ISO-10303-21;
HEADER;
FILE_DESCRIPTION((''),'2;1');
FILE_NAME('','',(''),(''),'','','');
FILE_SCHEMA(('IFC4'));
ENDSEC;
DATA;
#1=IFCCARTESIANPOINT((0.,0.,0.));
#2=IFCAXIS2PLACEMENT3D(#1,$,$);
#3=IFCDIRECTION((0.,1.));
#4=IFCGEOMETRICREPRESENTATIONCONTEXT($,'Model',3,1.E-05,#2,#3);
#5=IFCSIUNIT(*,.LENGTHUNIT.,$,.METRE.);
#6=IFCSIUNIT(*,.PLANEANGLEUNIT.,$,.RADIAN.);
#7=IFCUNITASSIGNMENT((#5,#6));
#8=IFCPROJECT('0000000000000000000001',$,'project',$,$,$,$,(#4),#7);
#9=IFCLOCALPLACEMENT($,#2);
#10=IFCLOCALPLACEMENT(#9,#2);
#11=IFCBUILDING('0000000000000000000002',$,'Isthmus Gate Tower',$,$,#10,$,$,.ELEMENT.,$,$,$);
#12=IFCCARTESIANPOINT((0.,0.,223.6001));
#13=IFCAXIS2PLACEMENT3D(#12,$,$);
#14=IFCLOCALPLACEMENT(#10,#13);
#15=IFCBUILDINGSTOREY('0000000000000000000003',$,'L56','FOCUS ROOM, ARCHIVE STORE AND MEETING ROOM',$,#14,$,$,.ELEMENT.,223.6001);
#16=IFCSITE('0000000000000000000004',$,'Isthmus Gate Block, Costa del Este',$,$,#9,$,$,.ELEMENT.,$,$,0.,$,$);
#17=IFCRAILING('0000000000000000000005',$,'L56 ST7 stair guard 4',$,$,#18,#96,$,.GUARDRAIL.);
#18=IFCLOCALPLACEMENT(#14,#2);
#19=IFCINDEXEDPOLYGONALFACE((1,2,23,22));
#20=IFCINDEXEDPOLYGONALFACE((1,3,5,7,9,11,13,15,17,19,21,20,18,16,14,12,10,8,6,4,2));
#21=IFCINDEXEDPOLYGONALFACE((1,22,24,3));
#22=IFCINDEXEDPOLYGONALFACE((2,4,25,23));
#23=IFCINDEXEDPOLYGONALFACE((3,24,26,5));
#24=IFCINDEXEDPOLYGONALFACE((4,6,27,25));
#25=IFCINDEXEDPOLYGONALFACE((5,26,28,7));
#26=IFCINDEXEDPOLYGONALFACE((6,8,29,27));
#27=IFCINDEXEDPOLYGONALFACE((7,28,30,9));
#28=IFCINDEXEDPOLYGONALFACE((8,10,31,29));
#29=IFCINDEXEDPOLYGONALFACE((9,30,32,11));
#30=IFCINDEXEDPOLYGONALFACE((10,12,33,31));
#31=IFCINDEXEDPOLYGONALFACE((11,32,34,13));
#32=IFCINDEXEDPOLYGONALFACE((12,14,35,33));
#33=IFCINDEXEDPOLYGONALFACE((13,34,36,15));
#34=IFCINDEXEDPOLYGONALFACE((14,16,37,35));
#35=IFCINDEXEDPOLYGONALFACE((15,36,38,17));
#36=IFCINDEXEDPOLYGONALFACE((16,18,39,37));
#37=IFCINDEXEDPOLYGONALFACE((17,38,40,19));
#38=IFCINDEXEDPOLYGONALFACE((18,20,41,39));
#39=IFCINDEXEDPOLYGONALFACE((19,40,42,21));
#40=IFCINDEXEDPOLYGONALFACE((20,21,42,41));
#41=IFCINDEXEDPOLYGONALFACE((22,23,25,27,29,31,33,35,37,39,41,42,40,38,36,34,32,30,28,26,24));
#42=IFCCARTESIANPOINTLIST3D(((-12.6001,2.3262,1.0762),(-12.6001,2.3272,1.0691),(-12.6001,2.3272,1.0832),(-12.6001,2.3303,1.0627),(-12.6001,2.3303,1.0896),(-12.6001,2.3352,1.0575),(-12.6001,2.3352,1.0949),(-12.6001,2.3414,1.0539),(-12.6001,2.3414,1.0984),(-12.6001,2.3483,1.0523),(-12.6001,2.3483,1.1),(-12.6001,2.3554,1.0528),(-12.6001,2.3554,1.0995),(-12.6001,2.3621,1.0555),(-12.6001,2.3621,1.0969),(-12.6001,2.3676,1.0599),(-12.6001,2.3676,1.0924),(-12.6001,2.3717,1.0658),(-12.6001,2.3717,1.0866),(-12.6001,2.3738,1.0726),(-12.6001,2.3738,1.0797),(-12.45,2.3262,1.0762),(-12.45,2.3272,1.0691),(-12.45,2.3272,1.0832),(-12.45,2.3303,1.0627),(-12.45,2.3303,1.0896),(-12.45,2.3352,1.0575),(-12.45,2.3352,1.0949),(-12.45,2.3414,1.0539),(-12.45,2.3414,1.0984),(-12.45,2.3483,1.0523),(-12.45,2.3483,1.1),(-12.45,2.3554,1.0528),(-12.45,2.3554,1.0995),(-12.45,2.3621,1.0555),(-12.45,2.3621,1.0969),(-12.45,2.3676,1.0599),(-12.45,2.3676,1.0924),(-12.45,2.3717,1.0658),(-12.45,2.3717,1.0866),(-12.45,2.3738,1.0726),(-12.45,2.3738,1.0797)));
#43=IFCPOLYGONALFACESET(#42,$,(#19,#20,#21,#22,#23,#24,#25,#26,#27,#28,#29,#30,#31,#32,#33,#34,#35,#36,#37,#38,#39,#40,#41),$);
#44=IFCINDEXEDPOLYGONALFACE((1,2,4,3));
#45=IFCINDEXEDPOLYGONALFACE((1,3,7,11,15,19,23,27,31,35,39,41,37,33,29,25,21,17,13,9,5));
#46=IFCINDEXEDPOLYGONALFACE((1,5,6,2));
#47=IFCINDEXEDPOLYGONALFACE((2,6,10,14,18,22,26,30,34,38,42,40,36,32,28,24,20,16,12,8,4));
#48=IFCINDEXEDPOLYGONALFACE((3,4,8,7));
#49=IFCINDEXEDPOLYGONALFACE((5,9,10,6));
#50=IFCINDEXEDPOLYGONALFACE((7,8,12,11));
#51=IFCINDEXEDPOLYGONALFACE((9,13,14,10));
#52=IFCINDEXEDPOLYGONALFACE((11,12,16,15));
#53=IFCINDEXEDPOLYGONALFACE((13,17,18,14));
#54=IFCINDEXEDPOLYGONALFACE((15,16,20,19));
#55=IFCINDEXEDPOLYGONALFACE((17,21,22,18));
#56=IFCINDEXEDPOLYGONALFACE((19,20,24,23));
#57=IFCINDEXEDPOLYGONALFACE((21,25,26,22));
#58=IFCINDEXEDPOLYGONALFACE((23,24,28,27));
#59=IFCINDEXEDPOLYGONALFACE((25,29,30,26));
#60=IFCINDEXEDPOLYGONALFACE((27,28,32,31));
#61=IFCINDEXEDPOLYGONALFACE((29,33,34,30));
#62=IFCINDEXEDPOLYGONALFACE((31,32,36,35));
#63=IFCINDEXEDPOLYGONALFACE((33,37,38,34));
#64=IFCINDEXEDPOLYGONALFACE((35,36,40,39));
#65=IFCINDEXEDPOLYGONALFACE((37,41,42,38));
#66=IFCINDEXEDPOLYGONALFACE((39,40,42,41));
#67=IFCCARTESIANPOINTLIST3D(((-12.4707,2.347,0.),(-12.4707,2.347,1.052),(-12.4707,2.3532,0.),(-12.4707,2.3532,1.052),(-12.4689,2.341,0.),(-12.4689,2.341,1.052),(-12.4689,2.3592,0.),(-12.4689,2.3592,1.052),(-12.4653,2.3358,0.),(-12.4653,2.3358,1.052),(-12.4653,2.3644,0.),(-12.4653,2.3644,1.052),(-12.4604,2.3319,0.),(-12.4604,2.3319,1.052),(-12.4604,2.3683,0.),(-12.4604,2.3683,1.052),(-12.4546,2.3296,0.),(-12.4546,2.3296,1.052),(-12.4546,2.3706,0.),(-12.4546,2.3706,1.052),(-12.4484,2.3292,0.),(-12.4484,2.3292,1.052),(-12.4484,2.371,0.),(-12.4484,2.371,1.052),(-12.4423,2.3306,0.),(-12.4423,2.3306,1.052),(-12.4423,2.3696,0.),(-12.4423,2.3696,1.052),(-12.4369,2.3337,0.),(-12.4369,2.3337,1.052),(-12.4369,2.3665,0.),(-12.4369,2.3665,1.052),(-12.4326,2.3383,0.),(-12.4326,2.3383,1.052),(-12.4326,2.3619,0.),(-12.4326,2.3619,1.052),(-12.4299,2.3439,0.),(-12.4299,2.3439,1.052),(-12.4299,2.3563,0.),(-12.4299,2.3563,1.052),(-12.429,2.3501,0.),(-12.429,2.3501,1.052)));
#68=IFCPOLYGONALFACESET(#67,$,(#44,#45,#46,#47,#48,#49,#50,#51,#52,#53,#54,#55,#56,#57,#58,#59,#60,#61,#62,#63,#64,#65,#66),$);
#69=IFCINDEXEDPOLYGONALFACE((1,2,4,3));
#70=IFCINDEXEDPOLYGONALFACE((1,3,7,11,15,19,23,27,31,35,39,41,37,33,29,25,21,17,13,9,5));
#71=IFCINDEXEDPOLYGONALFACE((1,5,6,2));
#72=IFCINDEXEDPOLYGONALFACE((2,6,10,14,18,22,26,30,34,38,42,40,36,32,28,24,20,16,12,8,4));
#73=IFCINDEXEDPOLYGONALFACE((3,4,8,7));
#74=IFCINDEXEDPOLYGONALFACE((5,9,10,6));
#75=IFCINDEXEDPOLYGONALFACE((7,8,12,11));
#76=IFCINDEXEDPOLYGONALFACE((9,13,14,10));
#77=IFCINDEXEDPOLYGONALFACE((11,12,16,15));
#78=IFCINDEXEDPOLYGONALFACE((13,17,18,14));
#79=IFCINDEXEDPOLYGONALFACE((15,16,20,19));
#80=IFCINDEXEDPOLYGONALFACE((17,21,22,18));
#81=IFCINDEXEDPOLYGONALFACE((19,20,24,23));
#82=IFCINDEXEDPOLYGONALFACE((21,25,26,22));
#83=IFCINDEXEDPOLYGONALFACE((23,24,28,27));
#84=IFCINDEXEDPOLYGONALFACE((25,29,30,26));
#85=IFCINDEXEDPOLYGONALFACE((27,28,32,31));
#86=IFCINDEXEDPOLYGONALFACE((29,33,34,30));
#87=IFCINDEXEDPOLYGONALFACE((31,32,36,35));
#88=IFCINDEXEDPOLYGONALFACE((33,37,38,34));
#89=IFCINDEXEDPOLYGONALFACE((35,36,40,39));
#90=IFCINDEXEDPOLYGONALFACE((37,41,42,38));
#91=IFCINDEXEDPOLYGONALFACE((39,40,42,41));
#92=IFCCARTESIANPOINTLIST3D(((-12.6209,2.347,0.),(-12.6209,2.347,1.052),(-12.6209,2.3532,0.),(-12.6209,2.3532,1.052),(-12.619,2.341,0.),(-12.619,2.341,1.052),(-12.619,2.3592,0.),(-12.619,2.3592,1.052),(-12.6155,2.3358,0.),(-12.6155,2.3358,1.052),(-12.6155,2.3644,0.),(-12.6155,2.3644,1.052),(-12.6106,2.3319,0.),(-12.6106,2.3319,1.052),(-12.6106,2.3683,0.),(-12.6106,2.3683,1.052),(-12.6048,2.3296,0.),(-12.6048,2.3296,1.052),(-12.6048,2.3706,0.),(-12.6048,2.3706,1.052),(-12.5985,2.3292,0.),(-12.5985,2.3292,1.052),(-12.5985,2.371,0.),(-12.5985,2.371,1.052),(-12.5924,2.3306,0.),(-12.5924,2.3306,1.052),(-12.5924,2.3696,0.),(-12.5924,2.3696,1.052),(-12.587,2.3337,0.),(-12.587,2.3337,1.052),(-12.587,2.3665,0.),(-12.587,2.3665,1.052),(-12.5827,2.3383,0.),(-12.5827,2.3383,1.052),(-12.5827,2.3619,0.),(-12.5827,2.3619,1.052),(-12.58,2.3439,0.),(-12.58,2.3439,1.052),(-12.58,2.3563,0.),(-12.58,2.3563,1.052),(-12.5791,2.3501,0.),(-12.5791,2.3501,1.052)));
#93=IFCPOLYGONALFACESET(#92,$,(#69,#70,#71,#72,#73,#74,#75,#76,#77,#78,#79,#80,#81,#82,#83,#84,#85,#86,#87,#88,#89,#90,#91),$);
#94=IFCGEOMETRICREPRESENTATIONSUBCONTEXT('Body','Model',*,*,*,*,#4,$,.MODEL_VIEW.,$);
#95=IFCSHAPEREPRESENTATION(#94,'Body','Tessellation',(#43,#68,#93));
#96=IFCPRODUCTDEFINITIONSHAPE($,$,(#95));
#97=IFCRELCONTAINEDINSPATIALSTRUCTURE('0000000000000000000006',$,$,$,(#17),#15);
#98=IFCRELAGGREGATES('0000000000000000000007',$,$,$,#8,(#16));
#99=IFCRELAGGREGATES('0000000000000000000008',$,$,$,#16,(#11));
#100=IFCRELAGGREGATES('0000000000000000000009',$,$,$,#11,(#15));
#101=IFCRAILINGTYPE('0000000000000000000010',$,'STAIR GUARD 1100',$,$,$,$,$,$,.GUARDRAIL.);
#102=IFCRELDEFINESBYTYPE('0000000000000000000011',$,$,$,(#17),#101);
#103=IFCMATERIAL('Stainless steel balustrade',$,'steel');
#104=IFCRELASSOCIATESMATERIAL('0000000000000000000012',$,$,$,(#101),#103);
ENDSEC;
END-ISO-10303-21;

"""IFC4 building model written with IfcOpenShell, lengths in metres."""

from ifc_helpers import new_model, si_unit, direction, frame, origin, origin_2d, place, context, subcontext, project, spatial, circle, extrude, material, type_object, element, save


model = new_model("IFC4")

# Units and contexts
model_context = context("Model", 3, precision=1e-05, world=origin(), true_north=direction((0.0, 1.0)))
body_context = subcontext(model_context, "Body", "Model", "MODEL_VIEW")
ifc_project = project(units=[si_unit("LENGTHUNIT", "METRE"), si_unit("PLANEANGLEUNIT", "RADIAN")], contexts=[model_context])

# Site, building, storey
site_placement = place(None, origin())
site = spatial("IfcSite", under=ifc_project, at=site_placement, Name="Isthmus Gate Block, Costa del Este", CompositionType="ELEMENT", RefElevation=0.0)
building_placement = place(site_placement, origin())
building = spatial("IfcBuilding", under=site, at=building_placement, Name="Isthmus Gate Tower", CompositionType="ELEMENT")
storey_placement = place(building_placement, frame((0.0, 0.0, 223.6001)))
storey = spatial("IfcBuildingStorey", under=building, at=storey_placement, Name="L56", Description="FOCUS ROOM, ARCHIVE STORE AND MEETING ROOM", CompositionType="ELEMENT", Elevation=223.6001)

# Railing
ifc_material_1 = material(Name="Stainless steel balustrade", Category="steel")
railing_type_1 = type_object("IfcRailingType", Name="STAIR GUARD 1100", PredefinedType="GUARDRAIL", material=ifc_material_1)
railing_1_placement = place(storey_placement, frame((-12.45, 2.3501, 0.0)))
element("IfcRailing", 1, at=railing_1_placement, inside=storey, type_object=railing_type_1, Name="L56 ST7 stair guard 4", PredefinedType="GUARDRAIL", context=body_context, shape_type="SweptSolid", body=[
    extrude(circle(Radius=0.0239, at=origin_2d()), frame((0.0, 0.0, 1.0762), z_axis=(-1.0, 0.0, 0.0), x_axis=(0.0, -1.0, 0.0)), (0.0, 0.0, 1.0), 0.1501),
    extrude(circle(Radius=0.021, at=origin_2d()), origin(), (0.0, 0.0, 1.0), 1.052),
    extrude(circle(Radius=0.021, at=origin_2d()), frame((-0.1501, 0.0, 0.0)), (0.0, 0.0, 1.0), 1.052),
])

save(model, "model.ifc")
